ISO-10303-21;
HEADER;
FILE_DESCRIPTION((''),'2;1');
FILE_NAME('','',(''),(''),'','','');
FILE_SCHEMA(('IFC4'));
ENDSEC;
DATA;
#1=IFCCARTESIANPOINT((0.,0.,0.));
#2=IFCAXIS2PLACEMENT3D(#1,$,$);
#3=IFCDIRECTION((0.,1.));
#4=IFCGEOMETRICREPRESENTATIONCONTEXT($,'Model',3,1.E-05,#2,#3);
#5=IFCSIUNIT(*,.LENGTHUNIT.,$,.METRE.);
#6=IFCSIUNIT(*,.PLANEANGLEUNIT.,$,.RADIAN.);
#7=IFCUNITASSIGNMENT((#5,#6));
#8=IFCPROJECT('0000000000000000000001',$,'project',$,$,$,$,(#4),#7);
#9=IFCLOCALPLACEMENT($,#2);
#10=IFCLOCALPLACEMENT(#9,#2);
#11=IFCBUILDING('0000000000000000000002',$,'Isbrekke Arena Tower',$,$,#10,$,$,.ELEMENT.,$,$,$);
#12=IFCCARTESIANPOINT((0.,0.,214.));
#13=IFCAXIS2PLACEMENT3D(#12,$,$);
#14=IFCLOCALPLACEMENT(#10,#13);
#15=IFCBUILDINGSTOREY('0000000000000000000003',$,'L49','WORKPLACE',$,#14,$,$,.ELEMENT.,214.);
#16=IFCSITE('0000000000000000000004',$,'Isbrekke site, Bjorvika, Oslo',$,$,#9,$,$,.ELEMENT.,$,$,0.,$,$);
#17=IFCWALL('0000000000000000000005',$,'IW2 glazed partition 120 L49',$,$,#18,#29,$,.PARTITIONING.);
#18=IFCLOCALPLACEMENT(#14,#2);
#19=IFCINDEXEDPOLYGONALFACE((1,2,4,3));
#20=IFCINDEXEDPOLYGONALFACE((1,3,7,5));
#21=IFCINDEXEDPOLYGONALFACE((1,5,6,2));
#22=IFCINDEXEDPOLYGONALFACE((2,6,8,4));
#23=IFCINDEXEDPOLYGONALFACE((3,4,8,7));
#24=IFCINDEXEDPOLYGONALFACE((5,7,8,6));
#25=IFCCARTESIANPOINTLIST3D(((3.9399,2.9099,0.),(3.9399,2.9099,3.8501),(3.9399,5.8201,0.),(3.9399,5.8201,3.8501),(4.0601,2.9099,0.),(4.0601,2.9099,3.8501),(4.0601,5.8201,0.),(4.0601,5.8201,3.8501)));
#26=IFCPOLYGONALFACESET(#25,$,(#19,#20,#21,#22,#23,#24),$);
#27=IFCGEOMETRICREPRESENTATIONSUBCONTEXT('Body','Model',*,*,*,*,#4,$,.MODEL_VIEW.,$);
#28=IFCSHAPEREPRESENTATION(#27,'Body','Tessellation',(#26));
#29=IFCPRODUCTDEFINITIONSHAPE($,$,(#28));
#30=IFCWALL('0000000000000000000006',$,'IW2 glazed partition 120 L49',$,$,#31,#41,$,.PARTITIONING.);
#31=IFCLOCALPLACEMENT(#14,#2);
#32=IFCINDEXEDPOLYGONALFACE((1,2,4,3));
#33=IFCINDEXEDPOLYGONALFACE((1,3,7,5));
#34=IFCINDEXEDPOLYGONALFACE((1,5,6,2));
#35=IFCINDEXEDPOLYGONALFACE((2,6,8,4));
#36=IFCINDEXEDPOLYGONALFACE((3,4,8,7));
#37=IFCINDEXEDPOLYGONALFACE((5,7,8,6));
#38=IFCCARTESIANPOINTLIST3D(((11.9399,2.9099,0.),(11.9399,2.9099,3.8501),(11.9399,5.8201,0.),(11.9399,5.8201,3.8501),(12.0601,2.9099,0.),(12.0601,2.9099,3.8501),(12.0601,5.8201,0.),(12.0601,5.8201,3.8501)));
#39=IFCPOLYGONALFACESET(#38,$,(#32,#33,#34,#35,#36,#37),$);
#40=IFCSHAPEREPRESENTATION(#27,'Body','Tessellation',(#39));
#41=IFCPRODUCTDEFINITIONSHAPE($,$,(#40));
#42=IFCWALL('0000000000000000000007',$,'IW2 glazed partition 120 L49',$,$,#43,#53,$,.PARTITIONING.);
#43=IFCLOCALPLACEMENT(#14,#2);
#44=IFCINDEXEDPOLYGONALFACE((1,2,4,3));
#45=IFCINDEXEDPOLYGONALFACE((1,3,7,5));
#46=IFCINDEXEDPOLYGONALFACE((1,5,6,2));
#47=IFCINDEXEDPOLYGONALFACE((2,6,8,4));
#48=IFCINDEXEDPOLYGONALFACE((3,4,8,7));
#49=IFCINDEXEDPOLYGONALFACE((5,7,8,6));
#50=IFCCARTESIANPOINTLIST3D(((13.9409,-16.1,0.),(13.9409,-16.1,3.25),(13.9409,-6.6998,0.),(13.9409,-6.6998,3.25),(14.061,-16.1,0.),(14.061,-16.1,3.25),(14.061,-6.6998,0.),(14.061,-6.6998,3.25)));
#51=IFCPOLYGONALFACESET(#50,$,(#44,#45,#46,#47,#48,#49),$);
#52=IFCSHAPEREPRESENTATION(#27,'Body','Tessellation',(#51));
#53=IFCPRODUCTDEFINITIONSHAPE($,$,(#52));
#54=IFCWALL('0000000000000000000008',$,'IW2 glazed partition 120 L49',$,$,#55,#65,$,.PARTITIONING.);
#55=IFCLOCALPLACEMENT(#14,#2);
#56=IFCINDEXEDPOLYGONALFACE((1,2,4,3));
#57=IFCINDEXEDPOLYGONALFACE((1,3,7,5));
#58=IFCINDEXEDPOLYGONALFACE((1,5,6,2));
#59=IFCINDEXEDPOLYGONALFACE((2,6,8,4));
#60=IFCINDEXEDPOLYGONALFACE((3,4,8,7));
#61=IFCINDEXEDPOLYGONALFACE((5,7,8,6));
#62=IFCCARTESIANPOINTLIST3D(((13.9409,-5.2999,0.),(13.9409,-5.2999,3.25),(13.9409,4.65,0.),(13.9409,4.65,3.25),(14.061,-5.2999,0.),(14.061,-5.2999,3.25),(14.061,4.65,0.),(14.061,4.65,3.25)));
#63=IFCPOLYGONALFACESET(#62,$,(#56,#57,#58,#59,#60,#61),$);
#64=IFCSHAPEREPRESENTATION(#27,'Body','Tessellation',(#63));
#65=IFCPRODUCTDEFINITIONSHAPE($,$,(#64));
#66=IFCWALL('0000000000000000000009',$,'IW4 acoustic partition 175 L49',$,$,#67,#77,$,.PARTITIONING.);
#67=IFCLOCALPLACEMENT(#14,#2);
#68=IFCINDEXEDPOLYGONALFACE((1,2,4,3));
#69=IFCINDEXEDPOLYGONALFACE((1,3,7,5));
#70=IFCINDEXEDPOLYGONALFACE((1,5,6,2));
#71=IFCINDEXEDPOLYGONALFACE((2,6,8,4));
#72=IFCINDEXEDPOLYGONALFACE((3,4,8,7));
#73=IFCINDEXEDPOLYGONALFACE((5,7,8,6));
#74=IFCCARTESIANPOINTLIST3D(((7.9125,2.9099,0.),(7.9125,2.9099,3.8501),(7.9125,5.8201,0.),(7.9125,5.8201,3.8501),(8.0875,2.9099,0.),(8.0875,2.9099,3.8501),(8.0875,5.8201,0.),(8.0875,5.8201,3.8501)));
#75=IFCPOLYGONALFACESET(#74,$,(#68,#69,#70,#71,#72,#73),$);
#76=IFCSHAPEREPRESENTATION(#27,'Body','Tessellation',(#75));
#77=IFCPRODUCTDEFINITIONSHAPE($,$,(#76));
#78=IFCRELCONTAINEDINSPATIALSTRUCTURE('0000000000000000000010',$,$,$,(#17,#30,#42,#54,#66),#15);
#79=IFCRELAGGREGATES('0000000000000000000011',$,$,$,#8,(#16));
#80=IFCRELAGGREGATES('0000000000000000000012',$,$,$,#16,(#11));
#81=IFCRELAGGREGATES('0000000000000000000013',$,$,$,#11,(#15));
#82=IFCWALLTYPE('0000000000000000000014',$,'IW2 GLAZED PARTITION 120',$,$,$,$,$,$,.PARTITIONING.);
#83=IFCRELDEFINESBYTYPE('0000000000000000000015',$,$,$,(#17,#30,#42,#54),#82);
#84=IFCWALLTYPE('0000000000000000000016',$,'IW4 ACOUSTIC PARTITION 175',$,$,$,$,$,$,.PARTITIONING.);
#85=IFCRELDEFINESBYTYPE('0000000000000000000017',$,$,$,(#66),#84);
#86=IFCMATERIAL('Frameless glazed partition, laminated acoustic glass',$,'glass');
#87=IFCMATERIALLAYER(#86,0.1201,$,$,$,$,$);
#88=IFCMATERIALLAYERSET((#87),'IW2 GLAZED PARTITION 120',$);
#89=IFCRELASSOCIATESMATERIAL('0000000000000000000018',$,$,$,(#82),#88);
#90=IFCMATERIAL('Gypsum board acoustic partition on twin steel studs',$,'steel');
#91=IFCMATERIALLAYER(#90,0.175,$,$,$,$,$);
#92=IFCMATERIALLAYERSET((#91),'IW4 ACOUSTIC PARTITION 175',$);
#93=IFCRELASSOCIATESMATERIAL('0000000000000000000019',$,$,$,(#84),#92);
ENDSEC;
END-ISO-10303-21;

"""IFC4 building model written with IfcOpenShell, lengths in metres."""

from ifc_helpers import new_model, si_unit, direction, frame, frame_2d, origin, place, context, subcontext, project, spatial, rectangle, extrude, material, layer, layer_set, type_object, element, save


model = new_model("IFC4")

# Units and contexts
model_context = context("Model", 3, precision=1e-05, world=origin(), true_north=direction((0.0, 1.0)))
body_context = subcontext(model_context, "Body", "Model", "MODEL_VIEW")
ifc_project = project(units=[si_unit("LENGTHUNIT", "METRE"), si_unit("PLANEANGLEUNIT", "RADIAN")], contexts=[model_context])

# Site, building, storey
site_placement = place(None, origin())
site = spatial("IfcSite", under=ifc_project, at=site_placement, Name="Isbrekke site, Bjorvika, Oslo", CompositionType="ELEMENT", RefElevation=0.0)
building_placement = place(site_placement, origin())
building = spatial("IfcBuilding", under=site, at=building_placement, Name="Isbrekke Arena Tower", CompositionType="ELEMENT")
storey_placement = place(building_placement, frame((0.0, 0.0, 214.0)))
storey = spatial("IfcBuildingStorey", under=building, at=storey_placement, Name="L49", Description="WORKPLACE", CompositionType="ELEMENT", Elevation=214.0)

# Shared definitions
ifc_material_1 = material(Name="Frameless glazed partition, laminated acoustic glass", Category="glass")
ifc_layer_1 = layer(ifc_material_1, 0.1201)
ifc_layer_set_1 = layer_set([ifc_layer_1], Name="IW2 GLAZED PARTITION 120")
wall_type_1 = type_object("IfcWallType", Name="IW2 GLAZED PARTITION 120", PredefinedType="PARTITIONING", material=ifc_layer_set_1)

# Walls
for number, where, z_axis, x_axis, name in (
    (1, (4.0, 2.9099, 0.0), (0.0, 0.0, 1.0), (0.0, 1.0, 0.0), "IW2 glazed partition 120 L49"),
    (2, (12.0, 2.9099, 0.0), (0.0, 0.0, 1.0), (0.0, 1.0, 0.0), "IW2 glazed partition 120 L49"),
):
    element("IfcWall", number, at=place(storey_placement, frame(where, z_axis=z_axis, x_axis=x_axis)), inside=storey, type_object=wall_type_1, Name=name, PredefinedType="PARTITIONING", context=body_context, shape_type="SweptSolid", body=[
        extrude(rectangle(XDim=2.9102, YDim=0.1201, at=frame_2d((1.4551, 0.0))), origin(), (0.0, 0.0, 1.0), 3.8501),
    ])
wall_1_placement = place(storey_placement, frame((14.001, -16.1001, 0.0), z_axis=(0.0, 0.0, 1.0), x_axis=(0.0, 1.0, 0.0)))
element("IfcWall", 3, at=wall_1_placement, inside=storey, type_object=wall_type_1, Name="IW2 glazed partition 120 L49", PredefinedType="PARTITIONING", context=body_context, shape_type="SweptSolid", body=[
    extrude(rectangle(XDim=9.4001, YDim=0.1201, at=frame_2d((4.7002, 0.0))), origin(), (0.0, 0.0, 1.0), 3.25),
])
wall_2_placement = place(storey_placement, frame((14.001, -5.3, 0.0), z_axis=(0.0, 0.0, 1.0), x_axis=(0.0, 1.0, 0.0)))
element("IfcWall", 4, at=wall_2_placement, inside=storey, type_object=wall_type_1, Name="IW2 glazed partition 120 L49", PredefinedType="PARTITIONING", context=body_context, shape_type="SweptSolid", body=[
    extrude(rectangle(XDim=9.95, YDim=0.1201, at=frame_2d((4.9751, 0.0))), origin(), (0.0, 0.0, 1.0), 3.25),
])
ifc_material_2 = material(Name="Gypsum board acoustic partition on twin steel studs", Category="steel")
ifc_layer_2 = layer(ifc_material_2, 0.175)
ifc_layer_set_2 = layer_set([ifc_layer_2], Name="IW4 ACOUSTIC PARTITION 175")
wall_type_2 = type_object("IfcWallType", Name="IW4 ACOUSTIC PARTITION 175", PredefinedType="PARTITIONING", material=ifc_layer_set_2)
wall_3_placement = place(storey_placement, frame((8.0, 2.9099, 0.0), z_axis=(0.0, 0.0, 1.0), x_axis=(0.0, 1.0, 0.0)))
element("IfcWall", 5, at=wall_3_placement, inside=storey, type_object=wall_type_2, Name="IW4 acoustic partition 175 L49", PredefinedType="PARTITIONING", context=body_context, shape_type="SweptSolid", body=[
    extrude(rectangle(XDim=2.9102, YDim=0.175, at=frame_2d((1.4551, 0.0))), origin(), (0.0, 0.0, 1.0), 3.8501),
])

save(model, "model.ifc")
